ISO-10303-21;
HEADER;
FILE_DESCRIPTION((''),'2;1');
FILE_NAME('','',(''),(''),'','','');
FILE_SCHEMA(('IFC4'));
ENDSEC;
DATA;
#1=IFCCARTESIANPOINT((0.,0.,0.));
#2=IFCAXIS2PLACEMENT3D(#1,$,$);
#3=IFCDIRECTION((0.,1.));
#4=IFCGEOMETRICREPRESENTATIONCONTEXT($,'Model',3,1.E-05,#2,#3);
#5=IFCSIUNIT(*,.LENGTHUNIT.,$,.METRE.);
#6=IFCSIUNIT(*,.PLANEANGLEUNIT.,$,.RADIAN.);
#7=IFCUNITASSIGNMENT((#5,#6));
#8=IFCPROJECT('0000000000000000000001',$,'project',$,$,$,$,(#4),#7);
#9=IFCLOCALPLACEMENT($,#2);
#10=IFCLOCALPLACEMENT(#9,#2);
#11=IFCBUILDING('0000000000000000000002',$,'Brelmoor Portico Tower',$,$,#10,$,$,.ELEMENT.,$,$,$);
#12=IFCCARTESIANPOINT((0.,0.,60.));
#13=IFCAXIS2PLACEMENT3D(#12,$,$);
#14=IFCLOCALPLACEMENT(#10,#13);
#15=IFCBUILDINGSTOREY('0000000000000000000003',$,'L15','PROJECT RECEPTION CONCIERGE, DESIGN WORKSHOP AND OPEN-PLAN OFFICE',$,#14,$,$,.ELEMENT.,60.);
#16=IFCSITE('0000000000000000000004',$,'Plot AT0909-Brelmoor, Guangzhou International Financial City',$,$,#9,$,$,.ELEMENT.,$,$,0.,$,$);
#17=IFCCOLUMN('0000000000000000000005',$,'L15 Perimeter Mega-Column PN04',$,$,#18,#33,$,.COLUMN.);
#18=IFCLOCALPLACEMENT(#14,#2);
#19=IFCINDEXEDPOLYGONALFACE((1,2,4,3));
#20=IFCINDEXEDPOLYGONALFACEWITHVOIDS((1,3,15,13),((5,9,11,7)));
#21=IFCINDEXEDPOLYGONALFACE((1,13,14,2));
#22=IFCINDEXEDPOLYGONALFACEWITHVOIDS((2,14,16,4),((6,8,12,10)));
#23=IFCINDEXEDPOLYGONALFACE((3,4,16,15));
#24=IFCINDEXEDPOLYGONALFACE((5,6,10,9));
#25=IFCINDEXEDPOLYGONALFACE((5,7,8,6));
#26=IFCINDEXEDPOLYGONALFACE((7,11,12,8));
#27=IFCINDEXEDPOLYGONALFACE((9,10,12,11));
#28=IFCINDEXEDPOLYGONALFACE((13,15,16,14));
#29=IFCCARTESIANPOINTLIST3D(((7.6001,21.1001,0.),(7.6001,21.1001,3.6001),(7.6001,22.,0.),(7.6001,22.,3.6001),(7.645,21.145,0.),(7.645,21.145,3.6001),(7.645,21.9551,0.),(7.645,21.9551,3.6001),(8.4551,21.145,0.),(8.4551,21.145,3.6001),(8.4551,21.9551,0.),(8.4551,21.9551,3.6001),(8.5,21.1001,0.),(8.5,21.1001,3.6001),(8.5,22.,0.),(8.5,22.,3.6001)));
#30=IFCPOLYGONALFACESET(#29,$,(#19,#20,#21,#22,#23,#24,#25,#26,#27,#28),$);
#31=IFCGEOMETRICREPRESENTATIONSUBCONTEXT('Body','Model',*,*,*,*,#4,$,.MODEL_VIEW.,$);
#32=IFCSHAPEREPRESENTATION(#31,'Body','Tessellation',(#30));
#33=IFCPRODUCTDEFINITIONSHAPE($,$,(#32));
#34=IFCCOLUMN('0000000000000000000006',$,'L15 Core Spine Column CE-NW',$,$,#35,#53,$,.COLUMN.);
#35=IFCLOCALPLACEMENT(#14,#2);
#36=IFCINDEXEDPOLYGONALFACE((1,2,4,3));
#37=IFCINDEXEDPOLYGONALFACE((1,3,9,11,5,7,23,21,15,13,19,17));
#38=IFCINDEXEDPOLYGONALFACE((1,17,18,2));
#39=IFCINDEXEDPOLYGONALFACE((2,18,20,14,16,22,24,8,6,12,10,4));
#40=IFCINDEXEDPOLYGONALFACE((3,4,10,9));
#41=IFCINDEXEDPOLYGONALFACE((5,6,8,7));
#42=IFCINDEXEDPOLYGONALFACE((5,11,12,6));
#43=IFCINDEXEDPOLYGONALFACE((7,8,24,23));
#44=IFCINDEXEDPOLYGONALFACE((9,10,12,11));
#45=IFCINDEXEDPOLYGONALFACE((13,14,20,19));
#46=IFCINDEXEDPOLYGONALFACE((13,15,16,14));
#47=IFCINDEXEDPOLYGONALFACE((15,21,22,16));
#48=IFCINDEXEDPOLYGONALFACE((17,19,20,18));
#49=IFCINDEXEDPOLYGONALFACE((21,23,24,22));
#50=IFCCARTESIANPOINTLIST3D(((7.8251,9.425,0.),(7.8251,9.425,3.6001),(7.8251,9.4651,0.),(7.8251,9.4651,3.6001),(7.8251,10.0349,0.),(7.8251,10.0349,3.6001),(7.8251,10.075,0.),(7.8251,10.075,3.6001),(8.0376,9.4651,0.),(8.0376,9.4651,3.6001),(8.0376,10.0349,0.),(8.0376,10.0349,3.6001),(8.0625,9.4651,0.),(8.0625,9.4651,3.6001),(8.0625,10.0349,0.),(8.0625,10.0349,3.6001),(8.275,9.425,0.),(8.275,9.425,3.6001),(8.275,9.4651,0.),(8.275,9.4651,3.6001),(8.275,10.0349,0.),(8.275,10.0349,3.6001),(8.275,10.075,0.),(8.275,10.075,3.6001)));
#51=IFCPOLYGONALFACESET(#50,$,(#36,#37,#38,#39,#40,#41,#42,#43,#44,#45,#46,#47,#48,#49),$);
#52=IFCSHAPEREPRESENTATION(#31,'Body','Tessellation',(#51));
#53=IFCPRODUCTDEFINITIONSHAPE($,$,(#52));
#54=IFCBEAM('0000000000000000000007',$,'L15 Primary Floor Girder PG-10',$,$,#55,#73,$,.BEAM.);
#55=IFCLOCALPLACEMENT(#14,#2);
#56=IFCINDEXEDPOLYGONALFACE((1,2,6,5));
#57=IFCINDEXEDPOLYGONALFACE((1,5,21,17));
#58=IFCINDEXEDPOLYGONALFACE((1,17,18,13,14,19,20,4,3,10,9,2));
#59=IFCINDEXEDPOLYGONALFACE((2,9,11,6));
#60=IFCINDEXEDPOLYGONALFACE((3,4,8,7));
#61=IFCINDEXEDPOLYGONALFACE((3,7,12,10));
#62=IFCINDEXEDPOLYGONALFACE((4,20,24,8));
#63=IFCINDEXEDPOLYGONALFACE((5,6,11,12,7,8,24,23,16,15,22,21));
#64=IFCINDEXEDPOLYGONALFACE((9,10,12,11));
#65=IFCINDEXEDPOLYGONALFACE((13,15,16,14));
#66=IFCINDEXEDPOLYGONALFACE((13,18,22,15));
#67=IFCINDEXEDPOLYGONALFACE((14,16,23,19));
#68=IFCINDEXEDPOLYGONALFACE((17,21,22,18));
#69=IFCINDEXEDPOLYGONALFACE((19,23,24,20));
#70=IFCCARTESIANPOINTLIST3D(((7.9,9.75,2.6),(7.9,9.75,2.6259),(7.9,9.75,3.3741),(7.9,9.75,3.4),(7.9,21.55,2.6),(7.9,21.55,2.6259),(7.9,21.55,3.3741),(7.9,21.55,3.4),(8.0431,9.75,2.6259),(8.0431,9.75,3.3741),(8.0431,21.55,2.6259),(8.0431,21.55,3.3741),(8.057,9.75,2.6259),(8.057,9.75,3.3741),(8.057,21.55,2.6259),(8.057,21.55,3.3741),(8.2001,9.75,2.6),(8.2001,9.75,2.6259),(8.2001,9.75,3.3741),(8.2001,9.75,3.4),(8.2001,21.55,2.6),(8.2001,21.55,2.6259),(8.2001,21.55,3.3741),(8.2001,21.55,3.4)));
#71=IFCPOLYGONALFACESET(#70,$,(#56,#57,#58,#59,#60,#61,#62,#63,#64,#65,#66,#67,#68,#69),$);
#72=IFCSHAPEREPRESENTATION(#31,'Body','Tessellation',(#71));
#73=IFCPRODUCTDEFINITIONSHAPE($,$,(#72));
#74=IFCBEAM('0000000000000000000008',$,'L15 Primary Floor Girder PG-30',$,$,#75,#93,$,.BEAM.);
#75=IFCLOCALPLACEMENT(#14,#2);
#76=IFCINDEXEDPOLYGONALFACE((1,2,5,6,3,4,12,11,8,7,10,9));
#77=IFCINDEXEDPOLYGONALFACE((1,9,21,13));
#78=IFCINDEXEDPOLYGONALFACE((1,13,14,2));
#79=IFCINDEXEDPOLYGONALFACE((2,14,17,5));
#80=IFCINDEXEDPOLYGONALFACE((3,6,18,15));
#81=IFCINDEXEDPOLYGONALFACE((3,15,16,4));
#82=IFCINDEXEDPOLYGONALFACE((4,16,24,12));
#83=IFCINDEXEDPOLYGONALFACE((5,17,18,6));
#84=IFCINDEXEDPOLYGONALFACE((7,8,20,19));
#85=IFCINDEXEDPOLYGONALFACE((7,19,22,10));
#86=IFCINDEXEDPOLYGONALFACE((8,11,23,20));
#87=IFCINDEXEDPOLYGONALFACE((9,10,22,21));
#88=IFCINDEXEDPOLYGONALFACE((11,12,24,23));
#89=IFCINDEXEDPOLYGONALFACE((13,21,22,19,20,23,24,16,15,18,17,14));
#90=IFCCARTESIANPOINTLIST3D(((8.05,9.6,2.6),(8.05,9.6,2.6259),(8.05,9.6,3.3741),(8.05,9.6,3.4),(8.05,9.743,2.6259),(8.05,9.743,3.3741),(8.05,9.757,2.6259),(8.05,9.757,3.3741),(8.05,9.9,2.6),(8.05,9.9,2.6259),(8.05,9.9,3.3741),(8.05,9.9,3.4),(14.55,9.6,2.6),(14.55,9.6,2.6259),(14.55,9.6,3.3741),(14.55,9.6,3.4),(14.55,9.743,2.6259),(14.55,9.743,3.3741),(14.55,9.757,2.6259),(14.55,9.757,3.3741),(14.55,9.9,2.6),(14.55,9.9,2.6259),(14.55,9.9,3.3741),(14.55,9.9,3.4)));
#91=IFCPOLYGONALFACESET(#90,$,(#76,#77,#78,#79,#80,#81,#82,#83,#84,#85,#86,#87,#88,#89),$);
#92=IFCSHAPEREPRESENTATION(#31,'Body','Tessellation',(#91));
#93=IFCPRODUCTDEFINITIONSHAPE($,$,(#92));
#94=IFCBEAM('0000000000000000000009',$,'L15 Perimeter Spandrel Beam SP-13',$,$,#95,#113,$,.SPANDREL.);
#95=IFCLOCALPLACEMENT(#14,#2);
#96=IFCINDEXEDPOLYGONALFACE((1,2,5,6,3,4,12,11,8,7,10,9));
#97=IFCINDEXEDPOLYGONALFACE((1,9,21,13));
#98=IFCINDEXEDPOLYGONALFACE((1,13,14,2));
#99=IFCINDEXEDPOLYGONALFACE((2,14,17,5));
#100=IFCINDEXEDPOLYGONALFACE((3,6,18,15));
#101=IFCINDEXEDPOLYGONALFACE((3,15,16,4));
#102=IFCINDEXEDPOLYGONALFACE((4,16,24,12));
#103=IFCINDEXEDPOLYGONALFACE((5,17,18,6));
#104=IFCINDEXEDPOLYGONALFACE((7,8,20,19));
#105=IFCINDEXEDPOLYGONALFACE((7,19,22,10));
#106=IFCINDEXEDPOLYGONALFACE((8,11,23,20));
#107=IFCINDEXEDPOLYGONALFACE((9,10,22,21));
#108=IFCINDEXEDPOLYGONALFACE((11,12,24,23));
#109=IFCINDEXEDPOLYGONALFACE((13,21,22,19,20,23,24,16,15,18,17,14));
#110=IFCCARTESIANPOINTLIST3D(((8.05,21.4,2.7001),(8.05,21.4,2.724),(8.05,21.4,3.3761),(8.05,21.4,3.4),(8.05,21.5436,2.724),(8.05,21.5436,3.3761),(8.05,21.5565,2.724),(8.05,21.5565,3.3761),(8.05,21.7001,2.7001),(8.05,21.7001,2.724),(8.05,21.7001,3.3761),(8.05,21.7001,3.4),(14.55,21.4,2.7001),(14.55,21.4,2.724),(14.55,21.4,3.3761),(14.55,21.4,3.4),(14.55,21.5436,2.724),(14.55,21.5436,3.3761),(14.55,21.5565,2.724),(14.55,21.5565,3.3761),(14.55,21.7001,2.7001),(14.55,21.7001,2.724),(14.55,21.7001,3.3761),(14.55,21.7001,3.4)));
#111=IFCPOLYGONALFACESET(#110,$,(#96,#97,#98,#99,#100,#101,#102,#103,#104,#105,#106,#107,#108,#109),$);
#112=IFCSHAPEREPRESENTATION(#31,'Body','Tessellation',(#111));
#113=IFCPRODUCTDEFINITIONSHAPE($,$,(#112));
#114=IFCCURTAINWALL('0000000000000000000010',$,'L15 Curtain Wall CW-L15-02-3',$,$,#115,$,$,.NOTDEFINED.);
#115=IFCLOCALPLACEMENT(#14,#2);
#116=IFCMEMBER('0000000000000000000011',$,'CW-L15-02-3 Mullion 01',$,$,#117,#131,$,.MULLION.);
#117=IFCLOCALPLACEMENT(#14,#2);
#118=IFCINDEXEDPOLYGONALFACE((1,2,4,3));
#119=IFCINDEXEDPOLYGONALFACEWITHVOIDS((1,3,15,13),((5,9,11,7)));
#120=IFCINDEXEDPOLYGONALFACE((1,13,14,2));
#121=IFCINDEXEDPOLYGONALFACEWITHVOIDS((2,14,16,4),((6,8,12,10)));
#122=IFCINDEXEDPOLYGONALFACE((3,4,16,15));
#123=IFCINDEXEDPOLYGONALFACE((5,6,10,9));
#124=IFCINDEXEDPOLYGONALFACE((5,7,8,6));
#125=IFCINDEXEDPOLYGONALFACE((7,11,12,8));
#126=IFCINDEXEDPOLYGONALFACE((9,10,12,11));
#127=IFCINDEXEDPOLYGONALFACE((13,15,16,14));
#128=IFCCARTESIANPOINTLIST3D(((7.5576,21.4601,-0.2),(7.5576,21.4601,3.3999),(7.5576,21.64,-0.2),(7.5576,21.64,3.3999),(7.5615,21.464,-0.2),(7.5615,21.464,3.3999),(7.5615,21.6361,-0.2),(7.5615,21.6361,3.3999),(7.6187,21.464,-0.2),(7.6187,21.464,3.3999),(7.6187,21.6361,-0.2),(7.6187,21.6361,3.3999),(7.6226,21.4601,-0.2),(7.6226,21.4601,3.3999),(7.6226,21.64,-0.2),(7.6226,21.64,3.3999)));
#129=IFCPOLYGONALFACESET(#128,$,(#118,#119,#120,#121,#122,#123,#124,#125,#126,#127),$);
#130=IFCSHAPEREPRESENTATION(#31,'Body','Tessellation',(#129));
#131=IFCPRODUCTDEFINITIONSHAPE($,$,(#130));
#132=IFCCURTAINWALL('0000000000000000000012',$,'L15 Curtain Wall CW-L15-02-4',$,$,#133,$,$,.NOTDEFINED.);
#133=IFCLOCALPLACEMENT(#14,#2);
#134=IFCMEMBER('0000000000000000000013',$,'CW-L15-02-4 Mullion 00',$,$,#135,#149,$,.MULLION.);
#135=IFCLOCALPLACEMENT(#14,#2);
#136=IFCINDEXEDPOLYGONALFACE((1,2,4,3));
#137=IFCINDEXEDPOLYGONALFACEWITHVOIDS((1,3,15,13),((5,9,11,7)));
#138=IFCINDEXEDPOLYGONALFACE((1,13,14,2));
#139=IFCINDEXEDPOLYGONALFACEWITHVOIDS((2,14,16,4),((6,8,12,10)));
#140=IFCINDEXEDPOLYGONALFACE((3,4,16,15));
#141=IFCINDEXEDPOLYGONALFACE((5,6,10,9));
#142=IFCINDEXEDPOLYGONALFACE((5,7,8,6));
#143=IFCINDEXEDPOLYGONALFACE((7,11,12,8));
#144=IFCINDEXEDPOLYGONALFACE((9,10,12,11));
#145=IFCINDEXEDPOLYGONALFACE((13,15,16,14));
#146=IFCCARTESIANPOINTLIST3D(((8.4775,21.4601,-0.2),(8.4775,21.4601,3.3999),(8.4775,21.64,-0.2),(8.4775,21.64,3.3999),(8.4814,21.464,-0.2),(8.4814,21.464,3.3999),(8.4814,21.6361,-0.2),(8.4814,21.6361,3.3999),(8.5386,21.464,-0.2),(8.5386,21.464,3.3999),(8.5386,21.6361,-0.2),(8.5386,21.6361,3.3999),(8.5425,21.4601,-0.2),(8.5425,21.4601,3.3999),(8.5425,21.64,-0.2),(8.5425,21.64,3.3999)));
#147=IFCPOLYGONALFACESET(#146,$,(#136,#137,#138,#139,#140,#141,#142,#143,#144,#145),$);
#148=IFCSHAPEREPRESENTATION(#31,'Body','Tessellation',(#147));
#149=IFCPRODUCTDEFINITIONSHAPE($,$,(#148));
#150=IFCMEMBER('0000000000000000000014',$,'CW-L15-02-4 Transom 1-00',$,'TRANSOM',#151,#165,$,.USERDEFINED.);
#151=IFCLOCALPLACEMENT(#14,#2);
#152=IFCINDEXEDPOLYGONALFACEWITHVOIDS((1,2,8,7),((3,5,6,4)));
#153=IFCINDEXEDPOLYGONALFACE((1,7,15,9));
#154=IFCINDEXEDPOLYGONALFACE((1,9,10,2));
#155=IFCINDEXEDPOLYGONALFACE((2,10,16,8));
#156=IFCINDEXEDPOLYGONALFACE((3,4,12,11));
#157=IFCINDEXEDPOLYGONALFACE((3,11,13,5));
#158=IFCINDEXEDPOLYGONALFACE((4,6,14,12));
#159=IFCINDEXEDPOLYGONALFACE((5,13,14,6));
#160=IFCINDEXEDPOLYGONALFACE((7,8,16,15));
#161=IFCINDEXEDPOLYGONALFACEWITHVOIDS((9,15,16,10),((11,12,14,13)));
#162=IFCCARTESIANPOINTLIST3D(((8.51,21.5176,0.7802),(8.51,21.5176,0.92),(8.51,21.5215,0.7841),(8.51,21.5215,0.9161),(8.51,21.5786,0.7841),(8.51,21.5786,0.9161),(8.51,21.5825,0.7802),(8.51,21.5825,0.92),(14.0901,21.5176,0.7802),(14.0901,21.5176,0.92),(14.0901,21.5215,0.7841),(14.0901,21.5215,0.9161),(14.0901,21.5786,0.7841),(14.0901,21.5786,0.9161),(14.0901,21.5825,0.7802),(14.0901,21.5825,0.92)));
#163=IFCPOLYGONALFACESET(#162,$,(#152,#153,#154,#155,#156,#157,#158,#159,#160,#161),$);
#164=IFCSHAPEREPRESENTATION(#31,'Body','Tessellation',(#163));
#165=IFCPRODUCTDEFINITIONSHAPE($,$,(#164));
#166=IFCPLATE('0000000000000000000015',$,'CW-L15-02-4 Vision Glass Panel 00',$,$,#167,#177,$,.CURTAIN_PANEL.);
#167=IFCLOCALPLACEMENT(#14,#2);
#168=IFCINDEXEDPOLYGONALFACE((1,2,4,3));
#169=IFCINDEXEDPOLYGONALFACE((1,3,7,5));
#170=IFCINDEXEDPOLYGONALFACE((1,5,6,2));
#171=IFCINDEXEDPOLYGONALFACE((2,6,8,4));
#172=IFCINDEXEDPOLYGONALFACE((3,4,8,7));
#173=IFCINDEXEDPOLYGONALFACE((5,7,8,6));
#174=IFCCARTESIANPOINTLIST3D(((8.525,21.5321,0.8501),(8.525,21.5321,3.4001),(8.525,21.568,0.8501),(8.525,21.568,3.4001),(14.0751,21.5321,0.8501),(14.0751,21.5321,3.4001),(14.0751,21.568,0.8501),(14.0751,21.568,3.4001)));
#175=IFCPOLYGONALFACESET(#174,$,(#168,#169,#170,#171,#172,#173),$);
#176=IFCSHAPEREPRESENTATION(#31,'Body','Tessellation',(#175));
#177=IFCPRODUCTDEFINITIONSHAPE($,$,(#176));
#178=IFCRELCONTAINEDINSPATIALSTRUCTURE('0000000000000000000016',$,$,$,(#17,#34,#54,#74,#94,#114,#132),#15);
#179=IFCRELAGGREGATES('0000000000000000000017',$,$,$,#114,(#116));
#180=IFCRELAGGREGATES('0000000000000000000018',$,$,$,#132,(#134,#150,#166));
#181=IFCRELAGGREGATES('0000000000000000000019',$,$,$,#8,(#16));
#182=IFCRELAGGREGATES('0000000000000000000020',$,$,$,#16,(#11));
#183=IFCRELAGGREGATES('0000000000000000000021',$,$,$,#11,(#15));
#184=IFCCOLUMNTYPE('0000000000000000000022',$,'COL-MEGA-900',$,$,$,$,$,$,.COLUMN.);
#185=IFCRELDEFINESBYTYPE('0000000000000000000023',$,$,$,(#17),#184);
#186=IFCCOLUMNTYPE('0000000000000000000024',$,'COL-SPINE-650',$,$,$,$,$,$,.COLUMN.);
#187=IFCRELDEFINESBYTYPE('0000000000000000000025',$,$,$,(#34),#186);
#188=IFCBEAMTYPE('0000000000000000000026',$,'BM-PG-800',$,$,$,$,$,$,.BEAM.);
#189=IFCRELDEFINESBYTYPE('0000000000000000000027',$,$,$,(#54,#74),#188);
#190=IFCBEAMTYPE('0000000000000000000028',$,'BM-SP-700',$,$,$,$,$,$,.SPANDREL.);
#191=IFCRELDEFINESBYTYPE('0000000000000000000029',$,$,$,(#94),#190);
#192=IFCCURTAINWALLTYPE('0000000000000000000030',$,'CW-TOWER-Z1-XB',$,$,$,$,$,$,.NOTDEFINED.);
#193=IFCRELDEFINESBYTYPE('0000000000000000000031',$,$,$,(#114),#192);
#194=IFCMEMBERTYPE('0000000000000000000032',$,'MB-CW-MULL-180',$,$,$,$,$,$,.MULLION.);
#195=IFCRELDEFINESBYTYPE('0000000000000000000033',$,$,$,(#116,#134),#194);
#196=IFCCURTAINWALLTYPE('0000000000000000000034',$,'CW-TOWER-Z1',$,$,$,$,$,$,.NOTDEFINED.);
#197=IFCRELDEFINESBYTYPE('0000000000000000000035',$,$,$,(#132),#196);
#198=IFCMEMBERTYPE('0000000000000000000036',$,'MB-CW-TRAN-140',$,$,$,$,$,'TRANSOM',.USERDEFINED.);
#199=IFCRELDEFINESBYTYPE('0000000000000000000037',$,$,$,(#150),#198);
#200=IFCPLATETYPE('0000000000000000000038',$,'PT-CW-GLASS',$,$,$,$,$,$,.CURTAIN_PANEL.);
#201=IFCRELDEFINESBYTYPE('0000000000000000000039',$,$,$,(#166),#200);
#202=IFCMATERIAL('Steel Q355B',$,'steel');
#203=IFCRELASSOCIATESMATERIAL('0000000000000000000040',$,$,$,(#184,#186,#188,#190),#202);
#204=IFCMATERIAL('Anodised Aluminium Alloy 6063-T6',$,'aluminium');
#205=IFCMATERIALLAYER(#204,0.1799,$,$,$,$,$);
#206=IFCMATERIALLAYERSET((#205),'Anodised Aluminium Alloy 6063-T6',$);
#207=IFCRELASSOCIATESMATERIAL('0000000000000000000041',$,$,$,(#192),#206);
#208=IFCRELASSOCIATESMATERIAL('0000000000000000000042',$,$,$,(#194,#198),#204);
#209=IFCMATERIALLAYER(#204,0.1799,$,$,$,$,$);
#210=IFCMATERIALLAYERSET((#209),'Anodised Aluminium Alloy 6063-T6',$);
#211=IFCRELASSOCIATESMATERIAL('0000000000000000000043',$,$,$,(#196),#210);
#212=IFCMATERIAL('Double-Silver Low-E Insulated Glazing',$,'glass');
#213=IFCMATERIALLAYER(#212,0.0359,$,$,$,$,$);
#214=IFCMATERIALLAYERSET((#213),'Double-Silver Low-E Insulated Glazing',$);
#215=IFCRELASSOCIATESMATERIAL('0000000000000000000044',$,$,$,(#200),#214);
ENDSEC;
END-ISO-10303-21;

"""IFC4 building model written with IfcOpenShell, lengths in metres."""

from ifc_helpers import new_model, si_unit, direction, frame, origin, origin_2d, place, context, subcontext, project, spatial, rectangle, hollow_rectangle, i_section, extrude, material, layer, layer_set, material_profile, profile_set, type_object, element, aggregate, save


model = new_model("IFC4")

# Units and contexts
model_context = context("Model", 3, precision=1e-05, world=origin(), true_north=direction((0.0, 1.0)))
body_context = subcontext(model_context, "Body", "Model", "MODEL_VIEW")
ifc_project = project(units=[si_unit("LENGTHUNIT", "METRE"), si_unit("PLANEANGLEUNIT", "RADIAN")], contexts=[model_context])

# Site, building, storey
site_placement = place(None, origin())
site = spatial("IfcSite", under=ifc_project, at=site_placement, Name="Plot AT0909-Brelmoor, Guangzhou International Financial City", CompositionType="ELEMENT", RefElevation=0.0)
building_placement = place(site_placement, origin())
building = spatial("IfcBuilding", under=site, at=building_placement, Name="Brelmoor Portico Tower", CompositionType="ELEMENT")
storey_placement = place(building_placement, frame((0.0, 0.0, 60.0)))
storey = spatial("IfcBuildingStorey", under=building, at=storey_placement, Name="L15", Description="PROJECT RECEPTION CONCIERGE, DESIGN WORKSHOP AND OPEN-PLAN OFFICE", CompositionType="ELEMENT", Elevation=60.0)

# Columns
ifc_material_1 = material(Name="Steel Q355B", Category="steel")
ifc_material_profile_1 = material_profile(ifc_material_1, hollow_rectangle(XDim=0.8999, YDim=0.8999, WallThickness=0.0449, at=origin_2d()), Name="BOX 900x900x45")
ifc_profile_set_1 = profile_set([ifc_material_profile_1], Name="Steel Q355B")
column_type_1 = type_object("IfcColumnType", Name="COL-MEGA-900", PredefinedType="COLUMN", material=ifc_profile_set_1)
column_1_placement = place(storey_placement, frame((8.05, 21.55, 0.0), z_axis=(0.0, 0.0, 1.0), x_axis=(1.0, 0.0, 0.0)))
element("IfcColumn", 1, at=column_1_placement, inside=storey, type_object=column_type_1, Name="L15 Perimeter Mega-Column PN04", PredefinedType="COLUMN", context=body_context, shape_type="SweptSolid", body=[
    extrude(hollow_rectangle(XDim=0.8999, YDim=0.8999, WallThickness=0.0449, at=origin_2d()), origin(), (0.0, 0.0, 1.0), 3.6001),
])
ifc_material_profile_2 = material_profile(ifc_material_1, i_section(OverallWidth=0.45, OverallDepth=0.6499, WebThickness=0.0249, FlangeThickness=0.04, at=origin_2d()), Name="HW 650x450x25x40")
ifc_profile_set_2 = profile_set([ifc_material_profile_2], Name="Steel Q355B")
column_type_2 = type_object("IfcColumnType", Name="COL-SPINE-650", PredefinedType="COLUMN", material=ifc_profile_set_2)
column_2_placement = place(storey_placement, frame((8.05, 9.75, 0.0), z_axis=(0.0, 0.0, 1.0), x_axis=(1.0, 0.0, 0.0)))
element("IfcColumn", 2, at=column_2_placement, inside=storey, type_object=column_type_2, Name="L15 Core Spine Column CE-NW", PredefinedType="COLUMN", context=body_context, shape_type="SweptSolid", body=[
    extrude(i_section(OverallWidth=0.45, OverallDepth=0.6499, WebThickness=0.0249, FlangeThickness=0.04, at=origin_2d()), origin(), (0.0, 0.0, 1.0), 3.6001),
])

# Beams
ifc_material_profile_3 = material_profile(ifc_material_1, i_section(OverallWidth=0.3, OverallDepth=0.8, WebThickness=0.0139, FlangeThickness=0.0259, at=origin_2d()), Name="HN 800x300x14x26")
ifc_profile_set_3 = profile_set([ifc_material_profile_3], Name="Steel Q355B")
beam_type_1 = type_object("IfcBeamType", Name="BM-PG-800", PredefinedType="BEAM", material=ifc_profile_set_3)
beam_1_placement = place(storey_placement, frame((8.05, 9.75, 3.0), z_axis=(0.0, 1.0, 0.0), x_axis=(-1.0, 0.0, 0.0)))
element("IfcBeam", 3, at=beam_1_placement, inside=storey, type_object=beam_type_1, Name="L15 Primary Floor Girder PG-10", PredefinedType="BEAM", context=body_context, shape_type="SweptSolid", body=[
    extrude(i_section(OverallWidth=0.3, OverallDepth=0.8, WebThickness=0.0139, FlangeThickness=0.0259, at=origin_2d()), origin(), (0.0, 0.0, 1.0), 11.8),
])
beam_2_placement = place(storey_placement, frame((8.05, 9.75, 3.0), z_axis=(1.0, 0.0, 0.0), x_axis=(0.0, 1.0, 0.0)))
element("IfcBeam", 4, at=beam_2_placement, inside=storey, type_object=beam_type_1, Name="L15 Primary Floor Girder PG-30", PredefinedType="BEAM", context=body_context, shape_type="SweptSolid", body=[
    extrude(i_section(OverallWidth=0.3, OverallDepth=0.8, WebThickness=0.0139, FlangeThickness=0.0259, at=origin_2d()), origin(), (0.0, 0.0, 1.0), 6.5),
])
ifc_material_profile_4 = material_profile(ifc_material_1, i_section(OverallWidth=0.3, OverallDepth=0.7, WebThickness=0.0129, FlangeThickness=0.0239, at=origin_2d()), Name="HN 700x300x13x24")
ifc_profile_set_4 = profile_set([ifc_material_profile_4], Name="Steel Q355B")
beam_type_2 = type_object("IfcBeamType", Name="BM-SP-700", PredefinedType="SPANDREL", material=ifc_profile_set_4)
beam_3_placement = place(storey_placement, frame((8.05, 21.55, 3.05), z_axis=(1.0, 0.0, 0.0), x_axis=(0.0, 1.0, 0.0)))
element("IfcBeam", 5, at=beam_3_placement, inside=storey, type_object=beam_type_2, Name="L15 Perimeter Spandrel Beam SP-13", PredefinedType="SPANDREL", context=body_context, shape_type="SweptSolid", body=[
    extrude(i_section(OverallWidth=0.3, OverallDepth=0.7, WebThickness=0.0129, FlangeThickness=0.0239, at=origin_2d()), origin(), (0.0, 0.0, 1.0), 6.5),
])

# Curtain wall, member
ifc_material_2 = material(Name="Anodised Aluminium Alloy 6063-T6", Category="aluminium")
ifc_layer_1 = layer(ifc_material_2, 0.1799)
ifc_layer_set_1 = layer_set([ifc_layer_1], Name="Anodised Aluminium Alloy 6063-T6")
curtain_wall_type_1 = type_object("IfcCurtainWallType", Name="CW-TOWER-Z1-XB", PredefinedType="NOTDEFINED", material=ifc_layer_set_1)
curtain_wall_1_placement = place(storey_placement, origin())
curtain_wall_1 = element("IfcCurtainWall", 6, at=curtain_wall_1_placement, inside=storey, type_object=curtain_wall_type_1, Name="L15 Curtain Wall CW-L15-02-3", PredefinedType="NOTDEFINED")
ifc_material_profile_5 = material_profile(ifc_material_2, hollow_rectangle(XDim=0.0649, YDim=0.1799, WallThickness=0.0039, at=origin_2d()), Name="ALU MULLION 65x180")
ifc_profile_set_5 = profile_set([ifc_material_profile_5], Name="Anodised Aluminium Alloy 6063-T6")
member_type_1 = type_object("IfcMemberType", Name="MB-CW-MULL-180", PredefinedType="MULLION", material=ifc_profile_set_5)
member_1_placement = place(storey_placement, frame((7.5901, 21.55, -0.2), z_axis=(0.0, 0.0, 1.0), x_axis=(1.0, 0.0, 0.0)))
member_1 = element("IfcMember", 7, at=member_1_placement, type_object=member_type_1, Name="CW-L15-02-3 Mullion 01", PredefinedType="MULLION", context=body_context, shape_type="SweptSolid", body=[
    extrude(hollow_rectangle(XDim=0.0649, YDim=0.1799, WallThickness=0.0039, at=origin_2d()), origin(), (0.0, 0.0, 1.0), 3.5999),
])

# Curtain wall, members, plate
ifc_layer_2 = layer(ifc_material_2, 0.1799)
ifc_layer_set_2 = layer_set([ifc_layer_2], Name="Anodised Aluminium Alloy 6063-T6")
curtain_wall_type_2 = type_object("IfcCurtainWallType", Name="CW-TOWER-Z1", PredefinedType="NOTDEFINED", material=ifc_layer_set_2)
curtain_wall_2_placement = place(storey_placement, origin())
curtain_wall_2 = element("IfcCurtainWall", 8, at=curtain_wall_2_placement, inside=storey, type_object=curtain_wall_type_2, Name="L15 Curtain Wall CW-L15-02-4", PredefinedType="NOTDEFINED")
member_2_placement = place(storey_placement, frame((8.51, 21.55, -0.2), z_axis=(0.0, 0.0, 1.0), x_axis=(1.0, 0.0, 0.0)))
member_2 = element("IfcMember", 9, at=member_2_placement, type_object=member_type_1, Name="CW-L15-02-4 Mullion 00", PredefinedType="MULLION", context=body_context, shape_type="SweptSolid", body=[
    extrude(hollow_rectangle(XDim=0.0649, YDim=0.1799, WallThickness=0.0039, at=origin_2d()), origin(), (0.0, 0.0, 1.0), 3.5999),
])
ifc_material_profile_6 = material_profile(ifc_material_2, hollow_rectangle(XDim=0.0649, YDim=0.1399, WallThickness=0.0039, at=origin_2d()), Name="ALU TRANSOM 65x140")
ifc_profile_set_6 = profile_set([ifc_material_profile_6], Name="Anodised Aluminium Alloy 6063-T6")
member_type_2 = type_object("IfcMemberType", Name="MB-CW-TRAN-140", ElementType="TRANSOM", PredefinedType="USERDEFINED", material=ifc_profile_set_6)
member_3_placement = place(storey_placement, frame((8.51, 21.55, 0.8501), z_axis=(1.0, 0.0, 0.0), x_axis=(0.0, 1.0, 0.0)))
member_3 = element("IfcMember", 10, at=member_3_placement, type_object=member_type_2, Name="CW-L15-02-4 Transom 1-00", ObjectType="TRANSOM", PredefinedType="USERDEFINED", context=body_context, shape_type="SweptSolid", body=[
    extrude(hollow_rectangle(XDim=0.0649, YDim=0.1399, WallThickness=0.0039, at=origin_2d()), origin(), (0.0, 0.0, 1.0), 5.5801),
])
ifc_material_3 = material(Name="Double-Silver Low-E Insulated Glazing", Category="glass")
ifc_layer_3 = layer(ifc_material_3, 0.0359)
ifc_layer_set_3 = layer_set([ifc_layer_3], Name="Double-Silver Low-E Insulated Glazing")
plate_type_1 = type_object("IfcPlateType", Name="PT-CW-GLASS", PredefinedType="CURTAIN_PANEL", material=ifc_layer_set_3)
plate_1_placement = place(storey_placement, frame((11.3, 21.55, 0.8501), z_axis=(0.0, 0.0, 1.0), x_axis=(1.0, 0.0, 0.0)))
plate_1 = element("IfcPlate", 11, at=plate_1_placement, type_object=plate_type_1, Name="CW-L15-02-4 Vision Glass Panel 00", PredefinedType="CURTAIN_PANEL", context=body_context, shape_type="SweptSolid", body=[
    extrude(rectangle(XDim=5.55, YDim=0.0359, at=origin_2d()), origin(), (0.0, 0.0, 1.0), 2.55),
])

aggregate(curtain_wall_1, [member_1])
aggregate(curtain_wall_2, [member_2, member_3, plate_1])

save(model, "model.ifc")
